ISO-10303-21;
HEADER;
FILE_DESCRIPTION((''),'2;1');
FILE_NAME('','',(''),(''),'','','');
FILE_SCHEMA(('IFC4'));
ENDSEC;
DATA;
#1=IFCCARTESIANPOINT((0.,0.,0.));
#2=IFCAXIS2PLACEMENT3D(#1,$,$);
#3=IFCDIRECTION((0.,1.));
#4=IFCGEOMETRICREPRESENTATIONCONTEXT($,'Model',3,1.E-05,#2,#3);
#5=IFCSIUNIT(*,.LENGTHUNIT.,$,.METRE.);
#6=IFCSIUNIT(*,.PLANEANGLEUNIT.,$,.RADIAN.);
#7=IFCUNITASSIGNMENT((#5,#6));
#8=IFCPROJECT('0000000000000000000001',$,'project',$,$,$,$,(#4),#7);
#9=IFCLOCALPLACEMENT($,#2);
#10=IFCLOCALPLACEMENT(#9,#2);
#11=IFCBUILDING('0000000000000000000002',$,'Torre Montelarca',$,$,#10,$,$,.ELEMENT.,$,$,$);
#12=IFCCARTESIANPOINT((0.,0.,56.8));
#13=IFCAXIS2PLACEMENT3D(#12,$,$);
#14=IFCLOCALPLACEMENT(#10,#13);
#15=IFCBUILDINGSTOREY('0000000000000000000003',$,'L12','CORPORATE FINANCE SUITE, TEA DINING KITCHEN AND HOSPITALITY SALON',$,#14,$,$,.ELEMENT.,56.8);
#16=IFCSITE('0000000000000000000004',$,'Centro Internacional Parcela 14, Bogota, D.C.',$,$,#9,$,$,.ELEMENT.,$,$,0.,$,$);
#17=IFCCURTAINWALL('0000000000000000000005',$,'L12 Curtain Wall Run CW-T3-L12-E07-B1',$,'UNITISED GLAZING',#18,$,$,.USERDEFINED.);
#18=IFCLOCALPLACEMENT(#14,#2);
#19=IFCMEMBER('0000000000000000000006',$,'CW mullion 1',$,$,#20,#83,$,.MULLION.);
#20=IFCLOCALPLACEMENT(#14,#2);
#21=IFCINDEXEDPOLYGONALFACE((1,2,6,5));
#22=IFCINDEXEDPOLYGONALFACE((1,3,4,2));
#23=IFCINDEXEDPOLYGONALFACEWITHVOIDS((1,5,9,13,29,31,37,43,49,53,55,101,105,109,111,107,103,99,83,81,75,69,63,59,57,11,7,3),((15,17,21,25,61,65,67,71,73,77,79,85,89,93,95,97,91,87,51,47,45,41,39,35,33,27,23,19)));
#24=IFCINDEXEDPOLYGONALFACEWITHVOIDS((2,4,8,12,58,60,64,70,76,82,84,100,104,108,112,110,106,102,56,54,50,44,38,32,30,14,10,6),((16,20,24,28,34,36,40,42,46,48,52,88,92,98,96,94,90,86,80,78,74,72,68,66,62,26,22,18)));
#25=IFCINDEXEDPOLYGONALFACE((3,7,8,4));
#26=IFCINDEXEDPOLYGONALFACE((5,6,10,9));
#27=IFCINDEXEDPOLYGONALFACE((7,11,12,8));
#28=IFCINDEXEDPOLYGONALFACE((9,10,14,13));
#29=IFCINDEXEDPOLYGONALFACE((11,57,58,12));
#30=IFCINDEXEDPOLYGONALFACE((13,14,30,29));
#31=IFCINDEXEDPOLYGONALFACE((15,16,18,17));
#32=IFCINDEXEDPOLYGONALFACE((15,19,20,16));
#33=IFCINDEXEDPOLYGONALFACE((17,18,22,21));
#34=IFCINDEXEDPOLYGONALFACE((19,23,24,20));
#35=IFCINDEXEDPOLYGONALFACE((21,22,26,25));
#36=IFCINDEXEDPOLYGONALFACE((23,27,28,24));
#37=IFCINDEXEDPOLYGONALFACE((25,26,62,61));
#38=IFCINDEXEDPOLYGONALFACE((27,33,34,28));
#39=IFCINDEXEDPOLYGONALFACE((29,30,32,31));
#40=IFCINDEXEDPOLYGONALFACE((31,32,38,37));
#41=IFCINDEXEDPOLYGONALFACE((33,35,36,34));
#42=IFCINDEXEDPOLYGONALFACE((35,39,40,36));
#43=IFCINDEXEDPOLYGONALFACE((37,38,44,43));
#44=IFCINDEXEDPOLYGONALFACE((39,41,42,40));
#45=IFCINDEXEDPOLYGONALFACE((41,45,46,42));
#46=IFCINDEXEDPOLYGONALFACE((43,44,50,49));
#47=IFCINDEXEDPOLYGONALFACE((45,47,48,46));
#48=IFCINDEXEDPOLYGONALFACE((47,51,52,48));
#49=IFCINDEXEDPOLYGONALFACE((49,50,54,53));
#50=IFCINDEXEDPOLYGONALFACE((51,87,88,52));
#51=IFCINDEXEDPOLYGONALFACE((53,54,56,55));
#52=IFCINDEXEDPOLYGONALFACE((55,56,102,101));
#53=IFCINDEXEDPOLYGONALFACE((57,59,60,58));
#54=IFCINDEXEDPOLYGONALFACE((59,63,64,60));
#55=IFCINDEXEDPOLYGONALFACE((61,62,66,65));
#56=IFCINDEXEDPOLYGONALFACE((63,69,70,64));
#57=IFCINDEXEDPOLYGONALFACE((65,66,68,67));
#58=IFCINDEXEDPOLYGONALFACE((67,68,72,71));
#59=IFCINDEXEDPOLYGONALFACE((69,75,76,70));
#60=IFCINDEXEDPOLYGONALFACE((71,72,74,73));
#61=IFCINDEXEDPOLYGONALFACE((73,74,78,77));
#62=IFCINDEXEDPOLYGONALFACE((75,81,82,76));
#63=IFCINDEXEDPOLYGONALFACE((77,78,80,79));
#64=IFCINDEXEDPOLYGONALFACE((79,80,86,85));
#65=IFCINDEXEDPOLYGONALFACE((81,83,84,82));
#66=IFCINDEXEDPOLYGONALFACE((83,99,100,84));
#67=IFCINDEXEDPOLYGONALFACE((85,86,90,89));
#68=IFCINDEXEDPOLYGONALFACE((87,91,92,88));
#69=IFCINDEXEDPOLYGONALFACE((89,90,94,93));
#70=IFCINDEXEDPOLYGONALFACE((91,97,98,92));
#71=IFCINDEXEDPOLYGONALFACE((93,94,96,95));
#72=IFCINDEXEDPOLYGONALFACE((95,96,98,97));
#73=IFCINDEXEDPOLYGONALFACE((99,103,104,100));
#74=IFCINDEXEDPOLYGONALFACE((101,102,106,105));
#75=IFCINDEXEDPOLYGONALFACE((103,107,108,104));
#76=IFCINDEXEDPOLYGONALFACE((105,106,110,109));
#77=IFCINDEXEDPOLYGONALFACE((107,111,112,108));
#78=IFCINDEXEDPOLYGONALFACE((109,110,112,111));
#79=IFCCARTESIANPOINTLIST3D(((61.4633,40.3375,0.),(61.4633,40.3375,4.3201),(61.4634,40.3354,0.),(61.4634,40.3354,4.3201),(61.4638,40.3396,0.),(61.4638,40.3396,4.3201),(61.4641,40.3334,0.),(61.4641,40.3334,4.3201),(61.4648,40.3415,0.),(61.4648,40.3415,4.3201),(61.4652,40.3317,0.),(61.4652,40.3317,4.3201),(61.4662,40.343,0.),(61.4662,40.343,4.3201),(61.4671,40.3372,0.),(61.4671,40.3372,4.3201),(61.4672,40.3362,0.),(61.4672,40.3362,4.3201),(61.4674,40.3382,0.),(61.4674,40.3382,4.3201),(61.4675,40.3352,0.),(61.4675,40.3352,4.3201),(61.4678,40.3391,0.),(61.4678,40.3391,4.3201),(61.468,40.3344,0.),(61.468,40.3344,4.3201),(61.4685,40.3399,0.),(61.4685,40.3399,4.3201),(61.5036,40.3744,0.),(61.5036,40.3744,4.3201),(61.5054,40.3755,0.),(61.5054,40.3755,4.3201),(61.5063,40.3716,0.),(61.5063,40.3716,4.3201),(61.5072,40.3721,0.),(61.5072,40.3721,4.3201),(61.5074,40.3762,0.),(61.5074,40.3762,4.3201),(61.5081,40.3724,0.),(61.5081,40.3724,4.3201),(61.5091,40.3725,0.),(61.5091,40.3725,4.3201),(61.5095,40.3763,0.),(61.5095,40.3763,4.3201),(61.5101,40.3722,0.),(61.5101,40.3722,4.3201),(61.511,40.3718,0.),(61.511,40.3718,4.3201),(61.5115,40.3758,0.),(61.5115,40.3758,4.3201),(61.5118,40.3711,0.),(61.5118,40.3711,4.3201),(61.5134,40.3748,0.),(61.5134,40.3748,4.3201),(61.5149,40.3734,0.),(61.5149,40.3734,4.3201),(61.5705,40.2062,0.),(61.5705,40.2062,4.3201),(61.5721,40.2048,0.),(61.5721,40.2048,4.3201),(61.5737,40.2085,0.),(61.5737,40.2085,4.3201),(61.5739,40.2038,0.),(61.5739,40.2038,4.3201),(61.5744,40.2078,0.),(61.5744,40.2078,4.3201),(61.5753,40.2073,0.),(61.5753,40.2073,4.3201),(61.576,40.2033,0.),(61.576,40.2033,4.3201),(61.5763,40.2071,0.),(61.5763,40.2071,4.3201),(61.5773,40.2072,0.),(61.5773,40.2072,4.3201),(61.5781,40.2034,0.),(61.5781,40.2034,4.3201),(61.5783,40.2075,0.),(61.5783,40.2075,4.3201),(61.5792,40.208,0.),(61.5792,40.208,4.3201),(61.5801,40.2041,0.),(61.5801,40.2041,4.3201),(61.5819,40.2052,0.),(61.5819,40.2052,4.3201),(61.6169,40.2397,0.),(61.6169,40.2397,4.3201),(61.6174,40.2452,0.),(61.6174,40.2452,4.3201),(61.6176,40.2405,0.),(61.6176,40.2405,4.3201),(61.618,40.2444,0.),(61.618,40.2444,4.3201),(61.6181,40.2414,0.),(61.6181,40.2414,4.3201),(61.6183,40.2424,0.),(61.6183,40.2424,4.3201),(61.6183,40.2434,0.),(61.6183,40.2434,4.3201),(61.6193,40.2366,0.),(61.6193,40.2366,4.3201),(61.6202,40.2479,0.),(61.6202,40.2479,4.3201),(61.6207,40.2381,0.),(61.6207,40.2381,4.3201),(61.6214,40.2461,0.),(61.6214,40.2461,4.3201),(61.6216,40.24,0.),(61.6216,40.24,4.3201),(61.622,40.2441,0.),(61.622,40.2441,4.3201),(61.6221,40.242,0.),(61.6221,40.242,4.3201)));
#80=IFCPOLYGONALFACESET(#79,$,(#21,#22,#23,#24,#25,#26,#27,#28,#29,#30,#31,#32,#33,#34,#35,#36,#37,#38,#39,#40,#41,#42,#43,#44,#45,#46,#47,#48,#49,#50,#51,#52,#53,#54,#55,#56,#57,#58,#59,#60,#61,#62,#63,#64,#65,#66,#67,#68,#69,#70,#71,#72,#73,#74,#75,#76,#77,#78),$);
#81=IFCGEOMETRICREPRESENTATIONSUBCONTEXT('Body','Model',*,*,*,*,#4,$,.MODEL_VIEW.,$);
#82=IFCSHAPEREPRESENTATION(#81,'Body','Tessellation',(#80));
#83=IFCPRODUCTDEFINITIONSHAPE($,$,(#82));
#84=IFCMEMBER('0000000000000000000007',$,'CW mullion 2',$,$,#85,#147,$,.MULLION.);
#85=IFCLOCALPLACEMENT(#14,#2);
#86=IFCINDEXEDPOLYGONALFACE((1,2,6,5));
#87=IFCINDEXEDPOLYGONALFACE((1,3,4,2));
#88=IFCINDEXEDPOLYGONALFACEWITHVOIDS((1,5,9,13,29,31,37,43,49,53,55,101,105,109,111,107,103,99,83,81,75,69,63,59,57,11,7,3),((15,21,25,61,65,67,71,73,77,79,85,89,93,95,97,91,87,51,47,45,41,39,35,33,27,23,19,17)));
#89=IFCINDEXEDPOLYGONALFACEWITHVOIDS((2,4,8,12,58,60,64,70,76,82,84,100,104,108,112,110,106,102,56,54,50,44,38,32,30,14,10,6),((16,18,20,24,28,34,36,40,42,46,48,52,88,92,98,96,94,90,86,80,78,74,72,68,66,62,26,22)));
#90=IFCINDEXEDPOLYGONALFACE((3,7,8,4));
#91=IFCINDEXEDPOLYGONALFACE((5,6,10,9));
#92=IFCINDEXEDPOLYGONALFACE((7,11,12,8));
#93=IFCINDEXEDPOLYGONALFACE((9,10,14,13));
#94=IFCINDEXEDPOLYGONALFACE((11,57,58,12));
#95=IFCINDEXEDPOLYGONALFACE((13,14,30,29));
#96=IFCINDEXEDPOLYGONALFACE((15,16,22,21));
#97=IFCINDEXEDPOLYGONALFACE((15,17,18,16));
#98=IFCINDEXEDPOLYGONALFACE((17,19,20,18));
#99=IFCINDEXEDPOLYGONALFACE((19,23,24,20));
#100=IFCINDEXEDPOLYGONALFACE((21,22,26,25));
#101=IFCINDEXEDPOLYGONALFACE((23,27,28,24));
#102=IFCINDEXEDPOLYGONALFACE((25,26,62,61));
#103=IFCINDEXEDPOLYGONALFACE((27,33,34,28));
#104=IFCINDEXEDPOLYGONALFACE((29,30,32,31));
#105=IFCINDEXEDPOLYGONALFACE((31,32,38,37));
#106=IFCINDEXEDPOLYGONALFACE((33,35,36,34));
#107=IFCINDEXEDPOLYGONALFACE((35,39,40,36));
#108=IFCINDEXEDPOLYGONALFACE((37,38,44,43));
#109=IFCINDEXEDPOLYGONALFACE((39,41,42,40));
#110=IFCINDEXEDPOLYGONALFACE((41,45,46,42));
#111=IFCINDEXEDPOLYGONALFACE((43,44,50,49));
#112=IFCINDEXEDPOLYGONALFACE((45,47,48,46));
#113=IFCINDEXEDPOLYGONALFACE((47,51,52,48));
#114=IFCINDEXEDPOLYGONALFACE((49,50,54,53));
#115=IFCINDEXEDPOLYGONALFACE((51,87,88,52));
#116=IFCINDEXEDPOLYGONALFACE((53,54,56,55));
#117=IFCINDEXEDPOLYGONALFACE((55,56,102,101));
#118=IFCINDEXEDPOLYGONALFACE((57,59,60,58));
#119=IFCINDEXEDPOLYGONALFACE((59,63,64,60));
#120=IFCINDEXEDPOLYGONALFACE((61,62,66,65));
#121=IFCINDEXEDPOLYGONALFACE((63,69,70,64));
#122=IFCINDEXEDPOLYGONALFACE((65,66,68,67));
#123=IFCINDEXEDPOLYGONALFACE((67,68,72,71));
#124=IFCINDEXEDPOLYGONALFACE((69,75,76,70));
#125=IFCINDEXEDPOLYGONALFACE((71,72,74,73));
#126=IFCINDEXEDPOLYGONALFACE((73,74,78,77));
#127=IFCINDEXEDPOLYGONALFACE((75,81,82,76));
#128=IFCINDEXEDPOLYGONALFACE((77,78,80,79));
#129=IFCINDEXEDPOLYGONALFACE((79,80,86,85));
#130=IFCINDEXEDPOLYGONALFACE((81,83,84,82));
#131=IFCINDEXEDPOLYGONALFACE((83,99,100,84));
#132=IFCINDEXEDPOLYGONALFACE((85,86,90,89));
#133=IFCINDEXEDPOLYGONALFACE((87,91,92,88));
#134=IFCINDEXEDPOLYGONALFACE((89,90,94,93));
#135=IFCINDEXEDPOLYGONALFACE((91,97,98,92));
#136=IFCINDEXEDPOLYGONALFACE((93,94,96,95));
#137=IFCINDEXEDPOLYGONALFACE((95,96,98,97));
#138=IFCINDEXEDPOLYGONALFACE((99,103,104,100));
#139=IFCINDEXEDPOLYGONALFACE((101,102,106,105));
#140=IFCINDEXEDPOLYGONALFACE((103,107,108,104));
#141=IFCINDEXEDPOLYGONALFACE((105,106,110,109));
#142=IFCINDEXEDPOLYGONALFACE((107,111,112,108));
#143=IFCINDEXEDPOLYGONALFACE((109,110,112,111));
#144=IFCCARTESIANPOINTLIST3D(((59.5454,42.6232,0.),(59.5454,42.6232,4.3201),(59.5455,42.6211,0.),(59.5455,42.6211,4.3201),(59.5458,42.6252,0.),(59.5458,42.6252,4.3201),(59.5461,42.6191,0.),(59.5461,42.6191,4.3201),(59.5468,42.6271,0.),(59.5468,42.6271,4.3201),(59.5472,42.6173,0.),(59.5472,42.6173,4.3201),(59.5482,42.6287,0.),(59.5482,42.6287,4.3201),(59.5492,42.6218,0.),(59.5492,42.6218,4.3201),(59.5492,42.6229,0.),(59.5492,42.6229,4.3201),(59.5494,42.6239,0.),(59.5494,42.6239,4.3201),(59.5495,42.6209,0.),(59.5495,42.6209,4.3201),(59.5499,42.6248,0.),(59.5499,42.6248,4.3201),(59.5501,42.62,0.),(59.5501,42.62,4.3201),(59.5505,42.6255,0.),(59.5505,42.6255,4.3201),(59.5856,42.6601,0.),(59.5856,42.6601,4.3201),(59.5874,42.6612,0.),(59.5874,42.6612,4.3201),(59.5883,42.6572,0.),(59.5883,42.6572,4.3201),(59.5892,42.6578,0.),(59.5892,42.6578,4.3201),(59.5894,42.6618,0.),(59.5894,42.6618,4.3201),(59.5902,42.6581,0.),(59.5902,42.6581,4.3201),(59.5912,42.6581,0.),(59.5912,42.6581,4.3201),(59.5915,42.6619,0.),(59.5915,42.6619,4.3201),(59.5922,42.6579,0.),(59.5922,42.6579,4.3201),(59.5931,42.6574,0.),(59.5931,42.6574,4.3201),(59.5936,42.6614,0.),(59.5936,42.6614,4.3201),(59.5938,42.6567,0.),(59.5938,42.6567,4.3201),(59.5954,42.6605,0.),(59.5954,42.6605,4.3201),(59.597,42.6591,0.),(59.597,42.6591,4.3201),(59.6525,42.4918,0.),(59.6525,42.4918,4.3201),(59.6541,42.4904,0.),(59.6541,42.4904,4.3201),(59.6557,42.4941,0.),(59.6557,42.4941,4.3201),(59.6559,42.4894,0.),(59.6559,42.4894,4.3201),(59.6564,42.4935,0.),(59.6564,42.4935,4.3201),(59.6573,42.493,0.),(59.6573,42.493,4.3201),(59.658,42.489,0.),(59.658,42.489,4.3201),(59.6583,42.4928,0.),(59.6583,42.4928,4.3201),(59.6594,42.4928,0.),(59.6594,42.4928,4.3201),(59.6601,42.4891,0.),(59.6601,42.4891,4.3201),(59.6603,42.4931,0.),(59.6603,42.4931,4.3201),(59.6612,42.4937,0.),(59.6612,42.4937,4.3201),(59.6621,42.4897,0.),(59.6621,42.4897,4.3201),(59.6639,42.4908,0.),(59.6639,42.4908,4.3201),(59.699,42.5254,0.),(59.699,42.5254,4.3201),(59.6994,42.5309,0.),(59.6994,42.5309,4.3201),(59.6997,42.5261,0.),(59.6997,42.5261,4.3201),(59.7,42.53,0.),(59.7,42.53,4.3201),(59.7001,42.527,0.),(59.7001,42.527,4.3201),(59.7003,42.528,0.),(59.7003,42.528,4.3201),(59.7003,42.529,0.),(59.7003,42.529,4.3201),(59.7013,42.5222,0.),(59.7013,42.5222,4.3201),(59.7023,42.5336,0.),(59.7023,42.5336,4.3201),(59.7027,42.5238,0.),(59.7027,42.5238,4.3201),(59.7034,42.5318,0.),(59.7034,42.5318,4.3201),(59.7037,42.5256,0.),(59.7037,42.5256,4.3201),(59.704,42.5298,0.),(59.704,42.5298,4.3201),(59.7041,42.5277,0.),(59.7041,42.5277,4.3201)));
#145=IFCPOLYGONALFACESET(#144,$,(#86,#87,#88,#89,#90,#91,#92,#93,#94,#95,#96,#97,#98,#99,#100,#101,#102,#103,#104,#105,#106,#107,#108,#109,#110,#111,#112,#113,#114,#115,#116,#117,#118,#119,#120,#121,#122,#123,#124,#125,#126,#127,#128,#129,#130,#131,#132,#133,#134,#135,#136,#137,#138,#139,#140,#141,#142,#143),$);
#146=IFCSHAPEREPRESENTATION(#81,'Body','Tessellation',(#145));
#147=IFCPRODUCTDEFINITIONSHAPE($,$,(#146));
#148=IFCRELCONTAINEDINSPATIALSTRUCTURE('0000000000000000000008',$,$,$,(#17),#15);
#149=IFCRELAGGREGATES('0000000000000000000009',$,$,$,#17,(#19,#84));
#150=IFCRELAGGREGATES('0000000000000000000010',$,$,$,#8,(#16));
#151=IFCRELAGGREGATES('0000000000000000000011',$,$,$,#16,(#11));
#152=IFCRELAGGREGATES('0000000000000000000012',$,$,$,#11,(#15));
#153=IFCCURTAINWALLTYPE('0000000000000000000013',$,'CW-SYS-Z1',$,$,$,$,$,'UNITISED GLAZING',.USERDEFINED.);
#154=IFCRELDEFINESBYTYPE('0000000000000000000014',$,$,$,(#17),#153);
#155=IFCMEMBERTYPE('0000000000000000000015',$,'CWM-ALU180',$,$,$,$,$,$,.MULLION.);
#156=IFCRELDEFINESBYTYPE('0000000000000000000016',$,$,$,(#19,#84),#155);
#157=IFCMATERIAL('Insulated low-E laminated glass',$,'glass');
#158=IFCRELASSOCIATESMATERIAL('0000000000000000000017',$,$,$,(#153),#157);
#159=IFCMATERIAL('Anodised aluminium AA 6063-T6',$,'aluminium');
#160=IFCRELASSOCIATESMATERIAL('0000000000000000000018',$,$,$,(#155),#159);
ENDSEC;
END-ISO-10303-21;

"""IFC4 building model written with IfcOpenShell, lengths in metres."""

from ifc_helpers import new_model, si_unit, direction, frame, origin, origin_2d, place, context, subcontext, project, spatial, hollow_rectangle, extrude, source, transform, mapped, material, material_profile, profile_set, type_object, element, aggregate, save


model = new_model("IFC4")

# Units and contexts
model_context = context("Model", 3, precision=1e-05, world=origin(), true_north=direction((0.0, 1.0)))
body_context = subcontext(model_context, "Body", "Model", "MODEL_VIEW")
ifc_project = project(units=[si_unit("LENGTHUNIT", "METRE"), si_unit("PLANEANGLEUNIT", "RADIAN")], contexts=[model_context])

# Site, building, storey
site_placement = place(None, origin())
site = spatial("IfcSite", under=ifc_project, at=site_placement, Name="Centro Internacional Parcela 14, Bogota, D.C.", CompositionType="ELEMENT", RefElevation=0.0)
building_placement = place(site_placement, origin())
building = spatial("IfcBuilding", under=site, at=building_placement, Name="Torre Montelarca", CompositionType="ELEMENT")
storey_placement = place(building_placement, frame((0.0, 0.0, 56.8)))
storey = spatial("IfcBuildingStorey", under=building, at=storey_placement, Name="L12", Description="CORPORATE FINANCE SUITE, TEA DINING KITCHEN AND HOSPITALITY SALON", CompositionType="ELEMENT", Elevation=56.8)

# Curtain wall, members
ifc_material_1 = material(Name="Insulated low-E laminated glass", Category="glass")
curtain_wall_type = type_object("IfcCurtainWallType", Name="CW-SYS-Z1", ElementType="UNITISED GLAZING", PredefinedType="USERDEFINED", material=ifc_material_1)
curtain_wall_1_placement = place(storey_placement, origin())
curtain_wall_1 = element("IfcCurtainWall", 1, at=curtain_wall_1_placement, inside=storey, type_object=curtain_wall_type, Name="L12 Curtain Wall Run CW-T3-L12-E07-B1", ObjectType="UNITISED GLAZING", PredefinedType="USERDEFINED")
ifc_material_2 = material(Name="Anodised aluminium AA 6063-T6", Category="aluminium")
ifc_material_profile_1 = material_profile(ifc_material_2, hollow_rectangle(XDim=0.0649, YDim=0.1799, WallThickness=0.0039, InnerFilletRadius=0.0039, OuterFilletRadius=0.0081, at=origin_2d()), Name="ALU65X180X4", Category="aluminium")
ifc_profile_set_1 = profile_set([ifc_material_profile_1], Name="Anodised aluminium AA 6063-T6")
member_type_1 = type_object("IfcMemberType", Name="CWM-ALU180", PredefinedType="MULLION", material=ifc_profile_set_1)
shared_shape_1 = source(origin(), body_context, "Body", "SweptSolid", [
    extrude(hollow_rectangle(XDim=0.0649, YDim=0.1799, WallThickness=0.0039, InnerFilletRadius=0.0039, OuterFilletRadius=0.0081, at=origin_2d()), origin(), (0.0, 0.0, 1.0), 4.3201),
])
member_1_placement = place(storey_placement, frame((61.5427, 40.2898, 0.0), z_axis=(0.0, 0.0, 1.0), x_axis=(-0.766043, -0.64279, 0.0)))
member_1 = element("IfcMember", 2, at=member_1_placement, type_object=member_type_1, Name="CW mullion 1", PredefinedType="MULLION", context=body_context, shape_type="MappedRepresentation", body=[
    mapped(shared_shape_1, transform((0.0, 0.0, 0.0), scale=1.0)),
])
member_2_placement = place(storey_placement, frame((59.6248, 42.5754, 0.0), z_axis=(0.0, 0.0, 1.0), x_axis=(-0.766043, -0.64279, 0.0)))
member_2 = element("IfcMember", 3, at=member_2_placement, type_object=member_type_1, Name="CW mullion 2", PredefinedType="MULLION", context=body_context, shape_type="MappedRepresentation", body=[
    mapped(shared_shape_1, transform((0.0, 0.0, 0.0), scale=1.0)),
])

aggregate(curtain_wall_1, [member_1, member_2])

save(model, "model.ifc")
